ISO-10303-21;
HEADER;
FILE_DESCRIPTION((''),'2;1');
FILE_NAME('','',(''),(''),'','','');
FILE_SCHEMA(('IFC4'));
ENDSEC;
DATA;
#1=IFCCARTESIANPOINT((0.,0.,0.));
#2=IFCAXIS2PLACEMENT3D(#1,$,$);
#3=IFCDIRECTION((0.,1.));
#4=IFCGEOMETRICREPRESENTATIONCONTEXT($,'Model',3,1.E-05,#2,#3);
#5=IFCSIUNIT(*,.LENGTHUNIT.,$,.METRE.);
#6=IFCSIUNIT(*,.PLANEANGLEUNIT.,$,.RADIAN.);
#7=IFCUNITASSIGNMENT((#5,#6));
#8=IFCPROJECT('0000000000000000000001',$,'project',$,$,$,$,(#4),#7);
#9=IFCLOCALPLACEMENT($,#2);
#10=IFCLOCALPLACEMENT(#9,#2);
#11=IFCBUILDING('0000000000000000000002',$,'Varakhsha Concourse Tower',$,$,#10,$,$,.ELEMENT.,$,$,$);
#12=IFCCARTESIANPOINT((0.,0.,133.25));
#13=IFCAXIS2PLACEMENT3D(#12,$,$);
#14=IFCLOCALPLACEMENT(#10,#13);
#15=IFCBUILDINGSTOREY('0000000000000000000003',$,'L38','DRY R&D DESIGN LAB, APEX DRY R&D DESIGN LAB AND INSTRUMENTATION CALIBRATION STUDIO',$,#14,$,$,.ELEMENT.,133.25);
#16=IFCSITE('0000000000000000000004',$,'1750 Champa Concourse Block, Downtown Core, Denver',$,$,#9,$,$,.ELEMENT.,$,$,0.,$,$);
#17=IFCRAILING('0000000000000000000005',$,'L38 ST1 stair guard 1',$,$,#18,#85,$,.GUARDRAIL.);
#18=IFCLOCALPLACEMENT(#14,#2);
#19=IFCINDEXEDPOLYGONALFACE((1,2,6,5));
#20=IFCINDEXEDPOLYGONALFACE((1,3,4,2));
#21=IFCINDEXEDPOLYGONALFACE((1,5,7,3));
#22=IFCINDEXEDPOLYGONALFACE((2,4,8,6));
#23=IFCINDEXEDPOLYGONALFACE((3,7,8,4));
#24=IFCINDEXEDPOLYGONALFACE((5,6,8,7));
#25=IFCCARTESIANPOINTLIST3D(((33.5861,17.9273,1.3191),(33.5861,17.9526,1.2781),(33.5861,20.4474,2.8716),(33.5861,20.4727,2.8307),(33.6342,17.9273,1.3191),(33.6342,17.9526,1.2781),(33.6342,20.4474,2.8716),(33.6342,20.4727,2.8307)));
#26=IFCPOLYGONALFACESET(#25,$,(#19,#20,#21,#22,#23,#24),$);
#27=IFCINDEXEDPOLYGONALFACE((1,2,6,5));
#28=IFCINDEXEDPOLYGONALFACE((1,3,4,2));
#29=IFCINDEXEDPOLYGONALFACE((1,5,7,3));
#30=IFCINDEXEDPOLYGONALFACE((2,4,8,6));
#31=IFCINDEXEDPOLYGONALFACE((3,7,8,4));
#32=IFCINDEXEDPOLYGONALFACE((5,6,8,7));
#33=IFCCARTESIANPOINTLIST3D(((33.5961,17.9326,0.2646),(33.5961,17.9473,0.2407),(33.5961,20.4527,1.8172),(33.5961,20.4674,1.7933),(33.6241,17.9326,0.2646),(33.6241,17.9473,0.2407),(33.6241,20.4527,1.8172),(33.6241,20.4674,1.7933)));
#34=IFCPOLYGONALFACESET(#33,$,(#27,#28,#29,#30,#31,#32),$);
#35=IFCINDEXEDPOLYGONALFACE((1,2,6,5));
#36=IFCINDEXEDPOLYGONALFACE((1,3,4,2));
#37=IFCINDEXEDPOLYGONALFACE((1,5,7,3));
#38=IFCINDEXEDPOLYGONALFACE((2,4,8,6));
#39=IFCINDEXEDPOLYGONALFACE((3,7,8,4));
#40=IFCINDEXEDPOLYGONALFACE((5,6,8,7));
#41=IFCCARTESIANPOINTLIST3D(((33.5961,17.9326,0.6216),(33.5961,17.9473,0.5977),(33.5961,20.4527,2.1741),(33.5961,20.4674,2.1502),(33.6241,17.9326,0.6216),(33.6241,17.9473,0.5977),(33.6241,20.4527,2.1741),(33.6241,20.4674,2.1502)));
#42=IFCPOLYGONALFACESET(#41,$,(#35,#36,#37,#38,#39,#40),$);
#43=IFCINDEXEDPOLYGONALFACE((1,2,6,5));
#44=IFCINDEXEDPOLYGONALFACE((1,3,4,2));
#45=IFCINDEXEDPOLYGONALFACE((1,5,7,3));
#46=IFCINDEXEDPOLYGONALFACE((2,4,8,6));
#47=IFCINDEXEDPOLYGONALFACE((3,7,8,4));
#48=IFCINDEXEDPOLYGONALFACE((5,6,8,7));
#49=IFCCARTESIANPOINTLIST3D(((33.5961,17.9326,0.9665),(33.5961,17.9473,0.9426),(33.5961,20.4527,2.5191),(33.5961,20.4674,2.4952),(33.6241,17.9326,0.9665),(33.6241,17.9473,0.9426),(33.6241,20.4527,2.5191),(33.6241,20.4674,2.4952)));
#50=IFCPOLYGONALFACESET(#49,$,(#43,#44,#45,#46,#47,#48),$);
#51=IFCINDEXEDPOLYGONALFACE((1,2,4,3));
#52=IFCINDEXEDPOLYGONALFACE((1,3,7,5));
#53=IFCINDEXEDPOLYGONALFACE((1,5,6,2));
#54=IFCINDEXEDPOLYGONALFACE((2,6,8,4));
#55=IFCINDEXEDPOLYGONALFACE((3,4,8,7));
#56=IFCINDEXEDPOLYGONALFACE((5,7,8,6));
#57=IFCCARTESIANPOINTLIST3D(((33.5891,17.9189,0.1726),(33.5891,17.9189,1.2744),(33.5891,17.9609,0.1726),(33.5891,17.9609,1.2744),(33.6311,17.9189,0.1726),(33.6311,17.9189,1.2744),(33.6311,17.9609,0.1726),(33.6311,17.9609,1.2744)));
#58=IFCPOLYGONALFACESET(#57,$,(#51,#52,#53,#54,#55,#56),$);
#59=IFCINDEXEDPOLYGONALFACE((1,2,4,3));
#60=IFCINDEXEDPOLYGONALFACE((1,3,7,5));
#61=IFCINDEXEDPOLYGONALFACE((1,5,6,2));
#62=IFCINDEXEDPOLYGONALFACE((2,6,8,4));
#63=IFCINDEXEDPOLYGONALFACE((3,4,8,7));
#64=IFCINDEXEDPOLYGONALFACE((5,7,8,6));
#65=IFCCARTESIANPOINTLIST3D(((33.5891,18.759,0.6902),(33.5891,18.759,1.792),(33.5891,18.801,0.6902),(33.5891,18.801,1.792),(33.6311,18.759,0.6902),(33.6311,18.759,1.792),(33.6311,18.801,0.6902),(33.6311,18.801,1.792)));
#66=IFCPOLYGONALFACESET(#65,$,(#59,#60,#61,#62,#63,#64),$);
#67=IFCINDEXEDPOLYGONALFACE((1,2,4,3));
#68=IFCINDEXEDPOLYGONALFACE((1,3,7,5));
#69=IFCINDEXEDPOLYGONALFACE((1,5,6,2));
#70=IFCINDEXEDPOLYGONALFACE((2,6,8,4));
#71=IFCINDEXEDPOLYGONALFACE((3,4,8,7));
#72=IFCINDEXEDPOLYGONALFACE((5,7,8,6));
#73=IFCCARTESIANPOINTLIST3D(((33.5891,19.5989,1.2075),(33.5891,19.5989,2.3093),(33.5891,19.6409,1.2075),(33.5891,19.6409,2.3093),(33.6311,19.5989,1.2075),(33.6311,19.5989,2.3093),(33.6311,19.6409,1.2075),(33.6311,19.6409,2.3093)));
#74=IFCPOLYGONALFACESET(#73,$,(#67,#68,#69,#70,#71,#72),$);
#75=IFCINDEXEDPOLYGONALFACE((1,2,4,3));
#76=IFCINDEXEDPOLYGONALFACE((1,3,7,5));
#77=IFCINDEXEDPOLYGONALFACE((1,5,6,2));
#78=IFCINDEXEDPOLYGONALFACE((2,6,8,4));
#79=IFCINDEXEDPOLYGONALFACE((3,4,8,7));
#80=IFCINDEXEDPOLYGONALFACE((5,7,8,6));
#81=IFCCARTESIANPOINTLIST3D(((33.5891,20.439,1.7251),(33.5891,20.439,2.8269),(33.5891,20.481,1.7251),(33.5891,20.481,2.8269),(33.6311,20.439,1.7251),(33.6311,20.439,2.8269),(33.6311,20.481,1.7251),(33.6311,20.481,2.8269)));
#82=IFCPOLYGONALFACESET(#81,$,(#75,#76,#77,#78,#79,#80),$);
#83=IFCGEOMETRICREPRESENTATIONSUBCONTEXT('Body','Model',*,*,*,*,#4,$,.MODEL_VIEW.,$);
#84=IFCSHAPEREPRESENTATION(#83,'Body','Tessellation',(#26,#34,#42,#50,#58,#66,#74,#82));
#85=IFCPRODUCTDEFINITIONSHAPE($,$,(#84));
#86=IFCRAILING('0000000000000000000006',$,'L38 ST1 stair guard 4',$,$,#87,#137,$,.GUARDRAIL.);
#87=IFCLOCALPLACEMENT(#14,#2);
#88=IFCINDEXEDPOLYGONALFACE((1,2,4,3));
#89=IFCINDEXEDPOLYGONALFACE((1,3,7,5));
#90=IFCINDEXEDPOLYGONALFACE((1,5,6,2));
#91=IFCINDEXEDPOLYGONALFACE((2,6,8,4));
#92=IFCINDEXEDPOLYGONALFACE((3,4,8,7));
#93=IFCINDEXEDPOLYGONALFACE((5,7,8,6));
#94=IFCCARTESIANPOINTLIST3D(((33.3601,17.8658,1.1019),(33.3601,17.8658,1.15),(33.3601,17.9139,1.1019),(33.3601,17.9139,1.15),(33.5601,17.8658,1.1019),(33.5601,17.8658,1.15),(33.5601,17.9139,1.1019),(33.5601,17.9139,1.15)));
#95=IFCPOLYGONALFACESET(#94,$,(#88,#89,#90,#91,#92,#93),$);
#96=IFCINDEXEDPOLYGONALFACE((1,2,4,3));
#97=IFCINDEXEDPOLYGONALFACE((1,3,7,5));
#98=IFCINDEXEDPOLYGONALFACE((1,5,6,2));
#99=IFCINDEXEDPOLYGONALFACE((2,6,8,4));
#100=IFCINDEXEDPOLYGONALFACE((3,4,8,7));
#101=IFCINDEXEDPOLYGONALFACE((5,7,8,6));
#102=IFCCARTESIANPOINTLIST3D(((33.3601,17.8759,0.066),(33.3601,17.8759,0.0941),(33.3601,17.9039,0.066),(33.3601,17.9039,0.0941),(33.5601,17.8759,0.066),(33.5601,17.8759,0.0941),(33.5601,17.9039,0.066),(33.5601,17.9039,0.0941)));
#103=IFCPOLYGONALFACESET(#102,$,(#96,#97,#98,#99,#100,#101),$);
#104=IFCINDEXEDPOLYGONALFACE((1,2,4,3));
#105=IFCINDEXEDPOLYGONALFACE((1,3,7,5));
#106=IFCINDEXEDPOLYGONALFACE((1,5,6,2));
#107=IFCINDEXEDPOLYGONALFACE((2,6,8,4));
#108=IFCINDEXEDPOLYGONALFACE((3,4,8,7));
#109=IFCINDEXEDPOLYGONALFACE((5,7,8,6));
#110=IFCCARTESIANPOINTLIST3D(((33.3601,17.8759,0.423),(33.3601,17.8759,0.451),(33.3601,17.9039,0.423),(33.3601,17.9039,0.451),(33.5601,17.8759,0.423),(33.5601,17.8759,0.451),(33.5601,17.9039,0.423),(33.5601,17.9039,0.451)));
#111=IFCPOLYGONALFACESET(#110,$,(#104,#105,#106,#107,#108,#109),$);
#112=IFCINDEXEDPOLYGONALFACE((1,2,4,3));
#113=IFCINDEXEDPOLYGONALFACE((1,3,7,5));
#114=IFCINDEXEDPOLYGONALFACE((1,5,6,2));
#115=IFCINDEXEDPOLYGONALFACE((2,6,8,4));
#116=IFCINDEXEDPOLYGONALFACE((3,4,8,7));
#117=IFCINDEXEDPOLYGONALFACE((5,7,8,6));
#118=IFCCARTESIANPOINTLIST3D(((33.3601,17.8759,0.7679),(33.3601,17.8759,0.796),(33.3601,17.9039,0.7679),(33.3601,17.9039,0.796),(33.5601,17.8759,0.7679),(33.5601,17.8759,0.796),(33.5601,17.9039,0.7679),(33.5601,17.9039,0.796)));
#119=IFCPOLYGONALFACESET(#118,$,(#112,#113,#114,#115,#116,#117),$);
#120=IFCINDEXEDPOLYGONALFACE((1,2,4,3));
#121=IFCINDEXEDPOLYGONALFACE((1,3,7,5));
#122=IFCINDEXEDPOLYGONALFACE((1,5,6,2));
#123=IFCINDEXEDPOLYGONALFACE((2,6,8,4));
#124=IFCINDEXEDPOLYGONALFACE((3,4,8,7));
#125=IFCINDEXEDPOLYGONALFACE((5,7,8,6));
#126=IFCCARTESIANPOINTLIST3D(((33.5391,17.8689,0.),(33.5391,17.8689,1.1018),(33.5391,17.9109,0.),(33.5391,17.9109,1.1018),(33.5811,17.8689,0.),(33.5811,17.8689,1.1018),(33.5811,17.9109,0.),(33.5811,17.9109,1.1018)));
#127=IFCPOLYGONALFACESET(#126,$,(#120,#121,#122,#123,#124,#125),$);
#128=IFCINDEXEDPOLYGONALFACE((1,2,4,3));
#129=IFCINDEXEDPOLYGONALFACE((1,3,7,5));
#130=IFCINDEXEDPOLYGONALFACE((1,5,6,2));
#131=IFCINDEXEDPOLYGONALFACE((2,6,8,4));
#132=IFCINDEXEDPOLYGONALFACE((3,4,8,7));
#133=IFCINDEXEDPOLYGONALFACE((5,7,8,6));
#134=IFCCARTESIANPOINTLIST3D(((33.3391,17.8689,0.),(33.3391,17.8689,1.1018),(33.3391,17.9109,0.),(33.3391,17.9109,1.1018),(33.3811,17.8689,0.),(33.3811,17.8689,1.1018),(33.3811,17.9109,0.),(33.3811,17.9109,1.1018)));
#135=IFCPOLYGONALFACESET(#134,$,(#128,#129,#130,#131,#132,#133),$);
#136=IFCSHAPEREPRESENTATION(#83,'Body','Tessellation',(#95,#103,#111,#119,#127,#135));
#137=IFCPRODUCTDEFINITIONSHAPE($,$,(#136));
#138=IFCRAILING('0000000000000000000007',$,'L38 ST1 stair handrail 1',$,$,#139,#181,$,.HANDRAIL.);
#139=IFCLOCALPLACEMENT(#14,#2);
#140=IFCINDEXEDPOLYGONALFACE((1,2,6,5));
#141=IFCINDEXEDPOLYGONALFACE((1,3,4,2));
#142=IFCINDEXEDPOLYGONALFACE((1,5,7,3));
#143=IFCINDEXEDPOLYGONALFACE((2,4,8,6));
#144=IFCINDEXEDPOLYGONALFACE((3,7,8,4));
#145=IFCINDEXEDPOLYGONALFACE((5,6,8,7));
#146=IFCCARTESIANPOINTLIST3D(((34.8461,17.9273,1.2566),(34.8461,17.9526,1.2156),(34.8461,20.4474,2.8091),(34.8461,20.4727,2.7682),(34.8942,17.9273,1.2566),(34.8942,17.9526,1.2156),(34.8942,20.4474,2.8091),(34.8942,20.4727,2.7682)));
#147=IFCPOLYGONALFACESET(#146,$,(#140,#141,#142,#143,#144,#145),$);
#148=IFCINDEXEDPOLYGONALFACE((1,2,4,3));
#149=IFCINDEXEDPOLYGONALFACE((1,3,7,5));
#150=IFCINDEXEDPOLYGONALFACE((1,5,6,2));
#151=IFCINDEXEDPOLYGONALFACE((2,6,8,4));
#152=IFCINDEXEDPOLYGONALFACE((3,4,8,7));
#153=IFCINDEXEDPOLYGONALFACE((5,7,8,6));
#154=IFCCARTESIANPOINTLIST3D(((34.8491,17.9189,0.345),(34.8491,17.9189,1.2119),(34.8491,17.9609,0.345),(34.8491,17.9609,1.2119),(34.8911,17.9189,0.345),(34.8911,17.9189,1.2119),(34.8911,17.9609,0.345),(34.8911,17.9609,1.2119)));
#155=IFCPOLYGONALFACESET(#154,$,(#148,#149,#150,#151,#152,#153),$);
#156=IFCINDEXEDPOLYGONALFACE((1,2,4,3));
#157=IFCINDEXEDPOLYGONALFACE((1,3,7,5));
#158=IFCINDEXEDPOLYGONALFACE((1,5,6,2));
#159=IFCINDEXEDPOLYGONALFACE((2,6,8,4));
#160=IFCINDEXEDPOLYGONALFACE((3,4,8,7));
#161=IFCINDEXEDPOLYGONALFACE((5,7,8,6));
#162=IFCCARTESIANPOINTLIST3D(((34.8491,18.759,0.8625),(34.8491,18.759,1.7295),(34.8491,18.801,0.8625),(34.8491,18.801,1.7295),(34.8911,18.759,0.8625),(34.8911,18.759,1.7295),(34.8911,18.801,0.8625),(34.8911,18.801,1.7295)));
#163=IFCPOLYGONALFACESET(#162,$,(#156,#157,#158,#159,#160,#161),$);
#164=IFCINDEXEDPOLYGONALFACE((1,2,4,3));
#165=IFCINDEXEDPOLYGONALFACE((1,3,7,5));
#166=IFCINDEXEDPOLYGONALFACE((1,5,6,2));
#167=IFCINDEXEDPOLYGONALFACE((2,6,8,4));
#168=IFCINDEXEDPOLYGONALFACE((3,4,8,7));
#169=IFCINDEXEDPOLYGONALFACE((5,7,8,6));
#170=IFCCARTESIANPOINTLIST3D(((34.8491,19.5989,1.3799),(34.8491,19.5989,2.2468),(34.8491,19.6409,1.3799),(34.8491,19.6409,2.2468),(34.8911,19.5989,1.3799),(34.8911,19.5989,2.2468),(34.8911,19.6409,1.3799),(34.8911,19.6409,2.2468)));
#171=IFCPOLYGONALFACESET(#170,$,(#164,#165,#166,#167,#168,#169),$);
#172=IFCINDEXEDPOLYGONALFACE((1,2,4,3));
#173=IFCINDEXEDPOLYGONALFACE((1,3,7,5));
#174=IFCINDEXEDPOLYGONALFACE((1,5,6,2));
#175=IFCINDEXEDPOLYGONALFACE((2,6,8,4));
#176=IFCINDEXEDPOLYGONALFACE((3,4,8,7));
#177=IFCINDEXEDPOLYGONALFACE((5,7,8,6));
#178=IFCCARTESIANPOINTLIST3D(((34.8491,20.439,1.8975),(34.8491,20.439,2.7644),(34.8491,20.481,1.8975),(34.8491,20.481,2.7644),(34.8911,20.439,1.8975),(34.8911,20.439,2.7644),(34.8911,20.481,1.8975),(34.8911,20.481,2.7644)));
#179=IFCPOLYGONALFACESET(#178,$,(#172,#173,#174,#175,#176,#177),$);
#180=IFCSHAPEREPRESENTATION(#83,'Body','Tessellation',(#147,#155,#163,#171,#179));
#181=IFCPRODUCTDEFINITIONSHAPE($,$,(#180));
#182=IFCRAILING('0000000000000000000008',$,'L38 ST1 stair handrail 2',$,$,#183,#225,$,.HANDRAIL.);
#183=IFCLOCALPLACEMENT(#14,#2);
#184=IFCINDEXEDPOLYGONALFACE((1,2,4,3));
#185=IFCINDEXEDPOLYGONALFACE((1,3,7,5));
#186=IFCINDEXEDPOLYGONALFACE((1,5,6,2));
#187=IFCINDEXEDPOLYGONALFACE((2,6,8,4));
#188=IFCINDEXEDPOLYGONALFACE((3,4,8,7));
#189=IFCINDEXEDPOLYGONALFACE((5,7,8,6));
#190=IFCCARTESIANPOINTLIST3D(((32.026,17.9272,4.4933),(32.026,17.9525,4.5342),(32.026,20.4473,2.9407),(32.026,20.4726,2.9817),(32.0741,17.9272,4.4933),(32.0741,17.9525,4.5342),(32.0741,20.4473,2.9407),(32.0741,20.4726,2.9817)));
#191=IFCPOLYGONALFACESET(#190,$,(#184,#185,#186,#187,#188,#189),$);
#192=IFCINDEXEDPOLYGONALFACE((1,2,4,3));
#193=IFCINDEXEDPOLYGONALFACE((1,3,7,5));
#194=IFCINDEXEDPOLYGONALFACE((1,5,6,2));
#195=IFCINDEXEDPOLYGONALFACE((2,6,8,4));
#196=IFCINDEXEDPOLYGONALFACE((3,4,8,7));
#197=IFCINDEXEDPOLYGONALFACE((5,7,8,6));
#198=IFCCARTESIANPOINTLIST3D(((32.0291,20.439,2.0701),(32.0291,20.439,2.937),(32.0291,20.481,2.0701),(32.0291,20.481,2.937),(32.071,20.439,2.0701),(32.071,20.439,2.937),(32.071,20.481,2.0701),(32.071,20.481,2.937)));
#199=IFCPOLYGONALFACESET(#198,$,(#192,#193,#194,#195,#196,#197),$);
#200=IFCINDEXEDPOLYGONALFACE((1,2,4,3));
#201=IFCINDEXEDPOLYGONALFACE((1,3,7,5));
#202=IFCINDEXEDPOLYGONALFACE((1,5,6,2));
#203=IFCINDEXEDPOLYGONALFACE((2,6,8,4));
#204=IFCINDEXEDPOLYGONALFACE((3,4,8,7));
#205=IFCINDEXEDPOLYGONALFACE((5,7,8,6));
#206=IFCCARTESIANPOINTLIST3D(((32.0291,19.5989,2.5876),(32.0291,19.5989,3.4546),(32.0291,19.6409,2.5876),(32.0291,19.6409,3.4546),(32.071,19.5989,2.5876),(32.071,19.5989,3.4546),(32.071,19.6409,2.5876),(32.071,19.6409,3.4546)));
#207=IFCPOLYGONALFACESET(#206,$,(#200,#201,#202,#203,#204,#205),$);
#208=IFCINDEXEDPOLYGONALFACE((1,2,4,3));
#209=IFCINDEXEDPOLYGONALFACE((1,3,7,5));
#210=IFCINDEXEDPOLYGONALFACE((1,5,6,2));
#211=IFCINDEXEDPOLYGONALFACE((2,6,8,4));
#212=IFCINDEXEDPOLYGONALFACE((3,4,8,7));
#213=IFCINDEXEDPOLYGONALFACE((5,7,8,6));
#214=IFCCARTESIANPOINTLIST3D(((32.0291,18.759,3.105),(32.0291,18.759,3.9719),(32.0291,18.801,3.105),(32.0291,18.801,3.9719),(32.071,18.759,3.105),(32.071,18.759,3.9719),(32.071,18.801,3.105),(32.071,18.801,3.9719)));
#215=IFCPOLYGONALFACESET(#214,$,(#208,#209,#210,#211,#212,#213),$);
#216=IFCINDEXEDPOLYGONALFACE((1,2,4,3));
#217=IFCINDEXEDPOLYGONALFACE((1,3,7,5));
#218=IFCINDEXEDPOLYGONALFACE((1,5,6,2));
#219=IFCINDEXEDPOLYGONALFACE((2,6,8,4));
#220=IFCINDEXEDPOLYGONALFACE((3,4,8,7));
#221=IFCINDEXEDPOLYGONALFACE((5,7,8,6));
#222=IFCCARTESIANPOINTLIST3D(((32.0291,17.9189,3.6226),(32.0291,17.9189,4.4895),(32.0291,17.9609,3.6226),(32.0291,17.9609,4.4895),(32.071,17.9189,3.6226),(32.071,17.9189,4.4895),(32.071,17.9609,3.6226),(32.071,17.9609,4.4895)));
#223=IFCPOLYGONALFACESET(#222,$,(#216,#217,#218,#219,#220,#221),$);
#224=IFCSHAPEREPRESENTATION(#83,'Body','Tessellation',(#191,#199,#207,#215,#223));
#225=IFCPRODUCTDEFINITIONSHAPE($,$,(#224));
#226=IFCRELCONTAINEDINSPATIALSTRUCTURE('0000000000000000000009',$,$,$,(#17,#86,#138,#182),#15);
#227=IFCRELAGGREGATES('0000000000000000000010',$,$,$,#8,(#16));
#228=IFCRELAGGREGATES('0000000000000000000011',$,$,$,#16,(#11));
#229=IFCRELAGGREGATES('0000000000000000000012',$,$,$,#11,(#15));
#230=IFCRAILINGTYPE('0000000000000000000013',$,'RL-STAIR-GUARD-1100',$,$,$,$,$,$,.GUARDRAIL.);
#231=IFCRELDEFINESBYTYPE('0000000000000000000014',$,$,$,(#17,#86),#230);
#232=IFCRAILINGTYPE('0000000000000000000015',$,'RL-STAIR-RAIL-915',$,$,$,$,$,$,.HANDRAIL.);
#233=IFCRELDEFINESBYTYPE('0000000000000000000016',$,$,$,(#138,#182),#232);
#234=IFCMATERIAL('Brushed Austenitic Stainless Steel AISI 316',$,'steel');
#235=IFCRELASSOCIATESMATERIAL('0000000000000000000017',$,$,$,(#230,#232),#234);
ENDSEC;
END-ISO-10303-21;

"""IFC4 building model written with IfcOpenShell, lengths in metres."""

from ifc_helpers import new_model, si_unit, direction, frame, origin, origin_2d, place, context, subcontext, project, spatial, rectangle, extrude, material, type_object, element, save


model = new_model("IFC4")

# Units and contexts
model_context = context("Model", 3, precision=1e-05, world=origin(), true_north=direction((0.0, 1.0)))
body_context = subcontext(model_context, "Body", "Model", "MODEL_VIEW")
ifc_project = project(units=[si_unit("LENGTHUNIT", "METRE"), si_unit("PLANEANGLEUNIT", "RADIAN")], contexts=[model_context])

# Site, building, storey
site_placement = place(None, origin())
site = spatial("IfcSite", under=ifc_project, at=site_placement, Name="1750 Champa Concourse Block, Downtown Core, Denver", CompositionType="ELEMENT", RefElevation=0.0)
building_placement = place(site_placement, origin())
building = spatial("IfcBuilding", under=site, at=building_placement, Name="Varakhsha Concourse Tower", CompositionType="ELEMENT")
storey_placement = place(building_placement, frame((0.0, 0.0, 133.25)))
storey = spatial("IfcBuildingStorey", under=building, at=storey_placement, Name="L38", Description="DRY R&D DESIGN LAB, APEX DRY R&D DESIGN LAB AND INSTRUMENTATION CALIBRATION STUDIO", CompositionType="ELEMENT", Elevation=133.25)

# Railings
ifc_material_1 = material(Name="Brushed Austenitic Stainless Steel AISI 316", Category="steel")
railing_type_1 = type_object("IfcRailingType", Name="RL-STAIR-GUARD-1100", PredefinedType="GUARDRAIL", material=ifc_material_1)
railing_1_placement = place(storey_placement, frame((33.6101, 17.9399, 0.1726)))
element("IfcRailing", 1, at=railing_1_placement, inside=storey, type_object=railing_type_1, Name="L38 ST1 stair guard 1", PredefinedType="GUARDRAIL", context=body_context, shape_type="SweptSolid", body=[
    extrude(rectangle(XDim=0.0481, YDim=0.0481, at=origin_2d()), frame((0.0, 0.0, 1.126), z_axis=(0.0, 0.8514, 0.524516), x_axis=(-1.0, 0.0, 0.0)), (0.0, 0.0, 1.0), 2.96),
    extrude(rectangle(XDim=0.0281, YDim=0.0281, at=origin_2d()), frame((0.0, 0.0, 0.0801), z_axis=(0.0, 0.8514, 0.524516), x_axis=(-1.0, 0.0, 0.0)), (0.0, 0.0, 1.0), 2.96),
    extrude(rectangle(XDim=0.0281, YDim=0.0281, at=origin_2d()), frame((0.0, 0.0, 0.437), z_axis=(0.0, 0.8514, 0.524516), x_axis=(-1.0, 0.0, 0.0)), (0.0, 0.0, 1.0), 2.96),
    extrude(rectangle(XDim=0.0281, YDim=0.0281, at=origin_2d()), frame((0.0, 0.0, 0.782), z_axis=(0.0, 0.8514, 0.524516), x_axis=(-1.0, 0.0, 0.0)), (0.0, 0.0, 1.0), 2.96),
    extrude(rectangle(XDim=0.042, YDim=0.042, at=origin_2d()), origin(), (0.0, 0.0, 1.0), 1.1018),
    extrude(rectangle(XDim=0.042, YDim=0.042, at=origin_2d()), frame((0.0, 0.8401, 0.5176)), (0.0, 0.0, 1.0), 1.1018),
    extrude(rectangle(XDim=0.042, YDim=0.042, at=origin_2d()), frame((0.0, 1.6799, 1.0349)), (0.0, 0.0, 1.0), 1.1018),
    extrude(rectangle(XDim=0.042, YDim=0.042, at=origin_2d()), frame((0.0, 2.52, 1.5525)), (0.0, 0.0, 1.0), 1.1018),
])
railing_2_placement = place(storey_placement, frame((33.5601, 17.8899, 0.0)))
element("IfcRailing", 2, at=railing_2_placement, inside=storey, type_object=railing_type_1, Name="L38 ST1 stair guard 4", PredefinedType="GUARDRAIL", context=body_context, shape_type="SweptSolid", body=[
    extrude(rectangle(XDim=0.0481, YDim=0.0481, at=origin_2d()), frame((0.0, 0.0, 1.126), z_axis=(-1.0, 0.0, 0.0), x_axis=(0.0, -1.0, 0.0)), (0.0, 0.0, 1.0), 0.2),
    extrude(rectangle(XDim=0.0281, YDim=0.0281, at=origin_2d()), frame((0.0, 0.0, 0.0801), z_axis=(-1.0, 0.0, 0.0), x_axis=(0.0, -1.0, 0.0)), (0.0, 0.0, 1.0), 0.2),
    extrude(rectangle(XDim=0.0281, YDim=0.0281, at=origin_2d()), frame((0.0, 0.0, 0.437), z_axis=(-1.0, 0.0, 0.0), x_axis=(0.0, -1.0, 0.0)), (0.0, 0.0, 1.0), 0.2),
    extrude(rectangle(XDim=0.0281, YDim=0.0281, at=origin_2d()), frame((0.0, 0.0, 0.782), z_axis=(-1.0, 0.0, 0.0), x_axis=(0.0, -1.0, 0.0)), (0.0, 0.0, 1.0), 0.2),
    extrude(rectangle(XDim=0.042, YDim=0.042, at=origin_2d()), origin(), (0.0, 0.0, 1.0), 1.1018),
    extrude(rectangle(XDim=0.042, YDim=0.042, at=origin_2d()), frame((-0.2, 0.0, 0.0)), (0.0, 0.0, 1.0), 1.1018),
])
railing_type_2 = type_object("IfcRailingType", Name="RL-STAIR-RAIL-915", PredefinedType="HANDRAIL", material=ifc_material_1)
railing_3_placement = place(storey_placement, frame((34.8701, 17.9399, 0.345)))
element("IfcRailing", 3, at=railing_3_placement, inside=storey, type_object=railing_type_2, Name="L38 ST1 stair handrail 1", PredefinedType="HANDRAIL", context=body_context, shape_type="SweptSolid", body=[
    extrude(rectangle(XDim=0.0481, YDim=0.0481, at=origin_2d()), frame((0.0, 0.0, 0.8911), z_axis=(0.0, 0.8514, 0.524516), x_axis=(-1.0, 0.0, 0.0)), (0.0, 0.0, 1.0), 2.96),
    extrude(rectangle(XDim=0.042, YDim=0.042, at=origin_2d()), origin(), (0.0, 0.0, 1.0), 0.8669),
    extrude(rectangle(XDim=0.042, YDim=0.042, at=origin_2d()), frame((0.0, 0.8401, 0.5176)), (0.0, 0.0, 1.0), 0.8669),
    extrude(rectangle(XDim=0.042, YDim=0.042, at=origin_2d()), frame((0.0, 1.6799, 1.0349)), (0.0, 0.0, 1.0), 0.8669),
    extrude(rectangle(XDim=0.042, YDim=0.042, at=origin_2d()), frame((0.0, 2.52, 1.5525)), (0.0, 0.0, 1.0), 0.8669),
])
railing_4_placement = place(storey_placement, frame((32.05, 20.46, 2.0701)))
element("IfcRailing", 4, at=railing_4_placement, inside=storey, type_object=railing_type_2, Name="L38 ST1 stair handrail 2", PredefinedType="HANDRAIL", context=body_context, shape_type="SweptSolid", body=[
    extrude(rectangle(XDim=0.0481, YDim=0.0481, at=origin_2d()), frame((0.0, 0.0, 0.8911), z_axis=(0.0, -0.8514, 0.524516), x_axis=(1.0, 0.0, 0.0)), (0.0, 0.0, 1.0), 2.96),
    extrude(rectangle(XDim=0.042, YDim=0.042, at=origin_2d()), origin(), (0.0, 0.0, 1.0), 0.8669),
    extrude(rectangle(XDim=0.042, YDim=0.042, at=origin_2d()), frame((0.0, -0.8401, 0.5176)), (0.0, 0.0, 1.0), 0.8669),
    extrude(rectangle(XDim=0.042, YDim=0.042, at=origin_2d()), frame((0.0, -1.6799, 1.0349)), (0.0, 0.0, 1.0), 0.8669),
    extrude(rectangle(XDim=0.042, YDim=0.042, at=origin_2d()), frame((0.0, -2.52, 1.5525)), (0.0, 0.0, 1.0), 0.8669),
])

save(model, "model.ifc")
